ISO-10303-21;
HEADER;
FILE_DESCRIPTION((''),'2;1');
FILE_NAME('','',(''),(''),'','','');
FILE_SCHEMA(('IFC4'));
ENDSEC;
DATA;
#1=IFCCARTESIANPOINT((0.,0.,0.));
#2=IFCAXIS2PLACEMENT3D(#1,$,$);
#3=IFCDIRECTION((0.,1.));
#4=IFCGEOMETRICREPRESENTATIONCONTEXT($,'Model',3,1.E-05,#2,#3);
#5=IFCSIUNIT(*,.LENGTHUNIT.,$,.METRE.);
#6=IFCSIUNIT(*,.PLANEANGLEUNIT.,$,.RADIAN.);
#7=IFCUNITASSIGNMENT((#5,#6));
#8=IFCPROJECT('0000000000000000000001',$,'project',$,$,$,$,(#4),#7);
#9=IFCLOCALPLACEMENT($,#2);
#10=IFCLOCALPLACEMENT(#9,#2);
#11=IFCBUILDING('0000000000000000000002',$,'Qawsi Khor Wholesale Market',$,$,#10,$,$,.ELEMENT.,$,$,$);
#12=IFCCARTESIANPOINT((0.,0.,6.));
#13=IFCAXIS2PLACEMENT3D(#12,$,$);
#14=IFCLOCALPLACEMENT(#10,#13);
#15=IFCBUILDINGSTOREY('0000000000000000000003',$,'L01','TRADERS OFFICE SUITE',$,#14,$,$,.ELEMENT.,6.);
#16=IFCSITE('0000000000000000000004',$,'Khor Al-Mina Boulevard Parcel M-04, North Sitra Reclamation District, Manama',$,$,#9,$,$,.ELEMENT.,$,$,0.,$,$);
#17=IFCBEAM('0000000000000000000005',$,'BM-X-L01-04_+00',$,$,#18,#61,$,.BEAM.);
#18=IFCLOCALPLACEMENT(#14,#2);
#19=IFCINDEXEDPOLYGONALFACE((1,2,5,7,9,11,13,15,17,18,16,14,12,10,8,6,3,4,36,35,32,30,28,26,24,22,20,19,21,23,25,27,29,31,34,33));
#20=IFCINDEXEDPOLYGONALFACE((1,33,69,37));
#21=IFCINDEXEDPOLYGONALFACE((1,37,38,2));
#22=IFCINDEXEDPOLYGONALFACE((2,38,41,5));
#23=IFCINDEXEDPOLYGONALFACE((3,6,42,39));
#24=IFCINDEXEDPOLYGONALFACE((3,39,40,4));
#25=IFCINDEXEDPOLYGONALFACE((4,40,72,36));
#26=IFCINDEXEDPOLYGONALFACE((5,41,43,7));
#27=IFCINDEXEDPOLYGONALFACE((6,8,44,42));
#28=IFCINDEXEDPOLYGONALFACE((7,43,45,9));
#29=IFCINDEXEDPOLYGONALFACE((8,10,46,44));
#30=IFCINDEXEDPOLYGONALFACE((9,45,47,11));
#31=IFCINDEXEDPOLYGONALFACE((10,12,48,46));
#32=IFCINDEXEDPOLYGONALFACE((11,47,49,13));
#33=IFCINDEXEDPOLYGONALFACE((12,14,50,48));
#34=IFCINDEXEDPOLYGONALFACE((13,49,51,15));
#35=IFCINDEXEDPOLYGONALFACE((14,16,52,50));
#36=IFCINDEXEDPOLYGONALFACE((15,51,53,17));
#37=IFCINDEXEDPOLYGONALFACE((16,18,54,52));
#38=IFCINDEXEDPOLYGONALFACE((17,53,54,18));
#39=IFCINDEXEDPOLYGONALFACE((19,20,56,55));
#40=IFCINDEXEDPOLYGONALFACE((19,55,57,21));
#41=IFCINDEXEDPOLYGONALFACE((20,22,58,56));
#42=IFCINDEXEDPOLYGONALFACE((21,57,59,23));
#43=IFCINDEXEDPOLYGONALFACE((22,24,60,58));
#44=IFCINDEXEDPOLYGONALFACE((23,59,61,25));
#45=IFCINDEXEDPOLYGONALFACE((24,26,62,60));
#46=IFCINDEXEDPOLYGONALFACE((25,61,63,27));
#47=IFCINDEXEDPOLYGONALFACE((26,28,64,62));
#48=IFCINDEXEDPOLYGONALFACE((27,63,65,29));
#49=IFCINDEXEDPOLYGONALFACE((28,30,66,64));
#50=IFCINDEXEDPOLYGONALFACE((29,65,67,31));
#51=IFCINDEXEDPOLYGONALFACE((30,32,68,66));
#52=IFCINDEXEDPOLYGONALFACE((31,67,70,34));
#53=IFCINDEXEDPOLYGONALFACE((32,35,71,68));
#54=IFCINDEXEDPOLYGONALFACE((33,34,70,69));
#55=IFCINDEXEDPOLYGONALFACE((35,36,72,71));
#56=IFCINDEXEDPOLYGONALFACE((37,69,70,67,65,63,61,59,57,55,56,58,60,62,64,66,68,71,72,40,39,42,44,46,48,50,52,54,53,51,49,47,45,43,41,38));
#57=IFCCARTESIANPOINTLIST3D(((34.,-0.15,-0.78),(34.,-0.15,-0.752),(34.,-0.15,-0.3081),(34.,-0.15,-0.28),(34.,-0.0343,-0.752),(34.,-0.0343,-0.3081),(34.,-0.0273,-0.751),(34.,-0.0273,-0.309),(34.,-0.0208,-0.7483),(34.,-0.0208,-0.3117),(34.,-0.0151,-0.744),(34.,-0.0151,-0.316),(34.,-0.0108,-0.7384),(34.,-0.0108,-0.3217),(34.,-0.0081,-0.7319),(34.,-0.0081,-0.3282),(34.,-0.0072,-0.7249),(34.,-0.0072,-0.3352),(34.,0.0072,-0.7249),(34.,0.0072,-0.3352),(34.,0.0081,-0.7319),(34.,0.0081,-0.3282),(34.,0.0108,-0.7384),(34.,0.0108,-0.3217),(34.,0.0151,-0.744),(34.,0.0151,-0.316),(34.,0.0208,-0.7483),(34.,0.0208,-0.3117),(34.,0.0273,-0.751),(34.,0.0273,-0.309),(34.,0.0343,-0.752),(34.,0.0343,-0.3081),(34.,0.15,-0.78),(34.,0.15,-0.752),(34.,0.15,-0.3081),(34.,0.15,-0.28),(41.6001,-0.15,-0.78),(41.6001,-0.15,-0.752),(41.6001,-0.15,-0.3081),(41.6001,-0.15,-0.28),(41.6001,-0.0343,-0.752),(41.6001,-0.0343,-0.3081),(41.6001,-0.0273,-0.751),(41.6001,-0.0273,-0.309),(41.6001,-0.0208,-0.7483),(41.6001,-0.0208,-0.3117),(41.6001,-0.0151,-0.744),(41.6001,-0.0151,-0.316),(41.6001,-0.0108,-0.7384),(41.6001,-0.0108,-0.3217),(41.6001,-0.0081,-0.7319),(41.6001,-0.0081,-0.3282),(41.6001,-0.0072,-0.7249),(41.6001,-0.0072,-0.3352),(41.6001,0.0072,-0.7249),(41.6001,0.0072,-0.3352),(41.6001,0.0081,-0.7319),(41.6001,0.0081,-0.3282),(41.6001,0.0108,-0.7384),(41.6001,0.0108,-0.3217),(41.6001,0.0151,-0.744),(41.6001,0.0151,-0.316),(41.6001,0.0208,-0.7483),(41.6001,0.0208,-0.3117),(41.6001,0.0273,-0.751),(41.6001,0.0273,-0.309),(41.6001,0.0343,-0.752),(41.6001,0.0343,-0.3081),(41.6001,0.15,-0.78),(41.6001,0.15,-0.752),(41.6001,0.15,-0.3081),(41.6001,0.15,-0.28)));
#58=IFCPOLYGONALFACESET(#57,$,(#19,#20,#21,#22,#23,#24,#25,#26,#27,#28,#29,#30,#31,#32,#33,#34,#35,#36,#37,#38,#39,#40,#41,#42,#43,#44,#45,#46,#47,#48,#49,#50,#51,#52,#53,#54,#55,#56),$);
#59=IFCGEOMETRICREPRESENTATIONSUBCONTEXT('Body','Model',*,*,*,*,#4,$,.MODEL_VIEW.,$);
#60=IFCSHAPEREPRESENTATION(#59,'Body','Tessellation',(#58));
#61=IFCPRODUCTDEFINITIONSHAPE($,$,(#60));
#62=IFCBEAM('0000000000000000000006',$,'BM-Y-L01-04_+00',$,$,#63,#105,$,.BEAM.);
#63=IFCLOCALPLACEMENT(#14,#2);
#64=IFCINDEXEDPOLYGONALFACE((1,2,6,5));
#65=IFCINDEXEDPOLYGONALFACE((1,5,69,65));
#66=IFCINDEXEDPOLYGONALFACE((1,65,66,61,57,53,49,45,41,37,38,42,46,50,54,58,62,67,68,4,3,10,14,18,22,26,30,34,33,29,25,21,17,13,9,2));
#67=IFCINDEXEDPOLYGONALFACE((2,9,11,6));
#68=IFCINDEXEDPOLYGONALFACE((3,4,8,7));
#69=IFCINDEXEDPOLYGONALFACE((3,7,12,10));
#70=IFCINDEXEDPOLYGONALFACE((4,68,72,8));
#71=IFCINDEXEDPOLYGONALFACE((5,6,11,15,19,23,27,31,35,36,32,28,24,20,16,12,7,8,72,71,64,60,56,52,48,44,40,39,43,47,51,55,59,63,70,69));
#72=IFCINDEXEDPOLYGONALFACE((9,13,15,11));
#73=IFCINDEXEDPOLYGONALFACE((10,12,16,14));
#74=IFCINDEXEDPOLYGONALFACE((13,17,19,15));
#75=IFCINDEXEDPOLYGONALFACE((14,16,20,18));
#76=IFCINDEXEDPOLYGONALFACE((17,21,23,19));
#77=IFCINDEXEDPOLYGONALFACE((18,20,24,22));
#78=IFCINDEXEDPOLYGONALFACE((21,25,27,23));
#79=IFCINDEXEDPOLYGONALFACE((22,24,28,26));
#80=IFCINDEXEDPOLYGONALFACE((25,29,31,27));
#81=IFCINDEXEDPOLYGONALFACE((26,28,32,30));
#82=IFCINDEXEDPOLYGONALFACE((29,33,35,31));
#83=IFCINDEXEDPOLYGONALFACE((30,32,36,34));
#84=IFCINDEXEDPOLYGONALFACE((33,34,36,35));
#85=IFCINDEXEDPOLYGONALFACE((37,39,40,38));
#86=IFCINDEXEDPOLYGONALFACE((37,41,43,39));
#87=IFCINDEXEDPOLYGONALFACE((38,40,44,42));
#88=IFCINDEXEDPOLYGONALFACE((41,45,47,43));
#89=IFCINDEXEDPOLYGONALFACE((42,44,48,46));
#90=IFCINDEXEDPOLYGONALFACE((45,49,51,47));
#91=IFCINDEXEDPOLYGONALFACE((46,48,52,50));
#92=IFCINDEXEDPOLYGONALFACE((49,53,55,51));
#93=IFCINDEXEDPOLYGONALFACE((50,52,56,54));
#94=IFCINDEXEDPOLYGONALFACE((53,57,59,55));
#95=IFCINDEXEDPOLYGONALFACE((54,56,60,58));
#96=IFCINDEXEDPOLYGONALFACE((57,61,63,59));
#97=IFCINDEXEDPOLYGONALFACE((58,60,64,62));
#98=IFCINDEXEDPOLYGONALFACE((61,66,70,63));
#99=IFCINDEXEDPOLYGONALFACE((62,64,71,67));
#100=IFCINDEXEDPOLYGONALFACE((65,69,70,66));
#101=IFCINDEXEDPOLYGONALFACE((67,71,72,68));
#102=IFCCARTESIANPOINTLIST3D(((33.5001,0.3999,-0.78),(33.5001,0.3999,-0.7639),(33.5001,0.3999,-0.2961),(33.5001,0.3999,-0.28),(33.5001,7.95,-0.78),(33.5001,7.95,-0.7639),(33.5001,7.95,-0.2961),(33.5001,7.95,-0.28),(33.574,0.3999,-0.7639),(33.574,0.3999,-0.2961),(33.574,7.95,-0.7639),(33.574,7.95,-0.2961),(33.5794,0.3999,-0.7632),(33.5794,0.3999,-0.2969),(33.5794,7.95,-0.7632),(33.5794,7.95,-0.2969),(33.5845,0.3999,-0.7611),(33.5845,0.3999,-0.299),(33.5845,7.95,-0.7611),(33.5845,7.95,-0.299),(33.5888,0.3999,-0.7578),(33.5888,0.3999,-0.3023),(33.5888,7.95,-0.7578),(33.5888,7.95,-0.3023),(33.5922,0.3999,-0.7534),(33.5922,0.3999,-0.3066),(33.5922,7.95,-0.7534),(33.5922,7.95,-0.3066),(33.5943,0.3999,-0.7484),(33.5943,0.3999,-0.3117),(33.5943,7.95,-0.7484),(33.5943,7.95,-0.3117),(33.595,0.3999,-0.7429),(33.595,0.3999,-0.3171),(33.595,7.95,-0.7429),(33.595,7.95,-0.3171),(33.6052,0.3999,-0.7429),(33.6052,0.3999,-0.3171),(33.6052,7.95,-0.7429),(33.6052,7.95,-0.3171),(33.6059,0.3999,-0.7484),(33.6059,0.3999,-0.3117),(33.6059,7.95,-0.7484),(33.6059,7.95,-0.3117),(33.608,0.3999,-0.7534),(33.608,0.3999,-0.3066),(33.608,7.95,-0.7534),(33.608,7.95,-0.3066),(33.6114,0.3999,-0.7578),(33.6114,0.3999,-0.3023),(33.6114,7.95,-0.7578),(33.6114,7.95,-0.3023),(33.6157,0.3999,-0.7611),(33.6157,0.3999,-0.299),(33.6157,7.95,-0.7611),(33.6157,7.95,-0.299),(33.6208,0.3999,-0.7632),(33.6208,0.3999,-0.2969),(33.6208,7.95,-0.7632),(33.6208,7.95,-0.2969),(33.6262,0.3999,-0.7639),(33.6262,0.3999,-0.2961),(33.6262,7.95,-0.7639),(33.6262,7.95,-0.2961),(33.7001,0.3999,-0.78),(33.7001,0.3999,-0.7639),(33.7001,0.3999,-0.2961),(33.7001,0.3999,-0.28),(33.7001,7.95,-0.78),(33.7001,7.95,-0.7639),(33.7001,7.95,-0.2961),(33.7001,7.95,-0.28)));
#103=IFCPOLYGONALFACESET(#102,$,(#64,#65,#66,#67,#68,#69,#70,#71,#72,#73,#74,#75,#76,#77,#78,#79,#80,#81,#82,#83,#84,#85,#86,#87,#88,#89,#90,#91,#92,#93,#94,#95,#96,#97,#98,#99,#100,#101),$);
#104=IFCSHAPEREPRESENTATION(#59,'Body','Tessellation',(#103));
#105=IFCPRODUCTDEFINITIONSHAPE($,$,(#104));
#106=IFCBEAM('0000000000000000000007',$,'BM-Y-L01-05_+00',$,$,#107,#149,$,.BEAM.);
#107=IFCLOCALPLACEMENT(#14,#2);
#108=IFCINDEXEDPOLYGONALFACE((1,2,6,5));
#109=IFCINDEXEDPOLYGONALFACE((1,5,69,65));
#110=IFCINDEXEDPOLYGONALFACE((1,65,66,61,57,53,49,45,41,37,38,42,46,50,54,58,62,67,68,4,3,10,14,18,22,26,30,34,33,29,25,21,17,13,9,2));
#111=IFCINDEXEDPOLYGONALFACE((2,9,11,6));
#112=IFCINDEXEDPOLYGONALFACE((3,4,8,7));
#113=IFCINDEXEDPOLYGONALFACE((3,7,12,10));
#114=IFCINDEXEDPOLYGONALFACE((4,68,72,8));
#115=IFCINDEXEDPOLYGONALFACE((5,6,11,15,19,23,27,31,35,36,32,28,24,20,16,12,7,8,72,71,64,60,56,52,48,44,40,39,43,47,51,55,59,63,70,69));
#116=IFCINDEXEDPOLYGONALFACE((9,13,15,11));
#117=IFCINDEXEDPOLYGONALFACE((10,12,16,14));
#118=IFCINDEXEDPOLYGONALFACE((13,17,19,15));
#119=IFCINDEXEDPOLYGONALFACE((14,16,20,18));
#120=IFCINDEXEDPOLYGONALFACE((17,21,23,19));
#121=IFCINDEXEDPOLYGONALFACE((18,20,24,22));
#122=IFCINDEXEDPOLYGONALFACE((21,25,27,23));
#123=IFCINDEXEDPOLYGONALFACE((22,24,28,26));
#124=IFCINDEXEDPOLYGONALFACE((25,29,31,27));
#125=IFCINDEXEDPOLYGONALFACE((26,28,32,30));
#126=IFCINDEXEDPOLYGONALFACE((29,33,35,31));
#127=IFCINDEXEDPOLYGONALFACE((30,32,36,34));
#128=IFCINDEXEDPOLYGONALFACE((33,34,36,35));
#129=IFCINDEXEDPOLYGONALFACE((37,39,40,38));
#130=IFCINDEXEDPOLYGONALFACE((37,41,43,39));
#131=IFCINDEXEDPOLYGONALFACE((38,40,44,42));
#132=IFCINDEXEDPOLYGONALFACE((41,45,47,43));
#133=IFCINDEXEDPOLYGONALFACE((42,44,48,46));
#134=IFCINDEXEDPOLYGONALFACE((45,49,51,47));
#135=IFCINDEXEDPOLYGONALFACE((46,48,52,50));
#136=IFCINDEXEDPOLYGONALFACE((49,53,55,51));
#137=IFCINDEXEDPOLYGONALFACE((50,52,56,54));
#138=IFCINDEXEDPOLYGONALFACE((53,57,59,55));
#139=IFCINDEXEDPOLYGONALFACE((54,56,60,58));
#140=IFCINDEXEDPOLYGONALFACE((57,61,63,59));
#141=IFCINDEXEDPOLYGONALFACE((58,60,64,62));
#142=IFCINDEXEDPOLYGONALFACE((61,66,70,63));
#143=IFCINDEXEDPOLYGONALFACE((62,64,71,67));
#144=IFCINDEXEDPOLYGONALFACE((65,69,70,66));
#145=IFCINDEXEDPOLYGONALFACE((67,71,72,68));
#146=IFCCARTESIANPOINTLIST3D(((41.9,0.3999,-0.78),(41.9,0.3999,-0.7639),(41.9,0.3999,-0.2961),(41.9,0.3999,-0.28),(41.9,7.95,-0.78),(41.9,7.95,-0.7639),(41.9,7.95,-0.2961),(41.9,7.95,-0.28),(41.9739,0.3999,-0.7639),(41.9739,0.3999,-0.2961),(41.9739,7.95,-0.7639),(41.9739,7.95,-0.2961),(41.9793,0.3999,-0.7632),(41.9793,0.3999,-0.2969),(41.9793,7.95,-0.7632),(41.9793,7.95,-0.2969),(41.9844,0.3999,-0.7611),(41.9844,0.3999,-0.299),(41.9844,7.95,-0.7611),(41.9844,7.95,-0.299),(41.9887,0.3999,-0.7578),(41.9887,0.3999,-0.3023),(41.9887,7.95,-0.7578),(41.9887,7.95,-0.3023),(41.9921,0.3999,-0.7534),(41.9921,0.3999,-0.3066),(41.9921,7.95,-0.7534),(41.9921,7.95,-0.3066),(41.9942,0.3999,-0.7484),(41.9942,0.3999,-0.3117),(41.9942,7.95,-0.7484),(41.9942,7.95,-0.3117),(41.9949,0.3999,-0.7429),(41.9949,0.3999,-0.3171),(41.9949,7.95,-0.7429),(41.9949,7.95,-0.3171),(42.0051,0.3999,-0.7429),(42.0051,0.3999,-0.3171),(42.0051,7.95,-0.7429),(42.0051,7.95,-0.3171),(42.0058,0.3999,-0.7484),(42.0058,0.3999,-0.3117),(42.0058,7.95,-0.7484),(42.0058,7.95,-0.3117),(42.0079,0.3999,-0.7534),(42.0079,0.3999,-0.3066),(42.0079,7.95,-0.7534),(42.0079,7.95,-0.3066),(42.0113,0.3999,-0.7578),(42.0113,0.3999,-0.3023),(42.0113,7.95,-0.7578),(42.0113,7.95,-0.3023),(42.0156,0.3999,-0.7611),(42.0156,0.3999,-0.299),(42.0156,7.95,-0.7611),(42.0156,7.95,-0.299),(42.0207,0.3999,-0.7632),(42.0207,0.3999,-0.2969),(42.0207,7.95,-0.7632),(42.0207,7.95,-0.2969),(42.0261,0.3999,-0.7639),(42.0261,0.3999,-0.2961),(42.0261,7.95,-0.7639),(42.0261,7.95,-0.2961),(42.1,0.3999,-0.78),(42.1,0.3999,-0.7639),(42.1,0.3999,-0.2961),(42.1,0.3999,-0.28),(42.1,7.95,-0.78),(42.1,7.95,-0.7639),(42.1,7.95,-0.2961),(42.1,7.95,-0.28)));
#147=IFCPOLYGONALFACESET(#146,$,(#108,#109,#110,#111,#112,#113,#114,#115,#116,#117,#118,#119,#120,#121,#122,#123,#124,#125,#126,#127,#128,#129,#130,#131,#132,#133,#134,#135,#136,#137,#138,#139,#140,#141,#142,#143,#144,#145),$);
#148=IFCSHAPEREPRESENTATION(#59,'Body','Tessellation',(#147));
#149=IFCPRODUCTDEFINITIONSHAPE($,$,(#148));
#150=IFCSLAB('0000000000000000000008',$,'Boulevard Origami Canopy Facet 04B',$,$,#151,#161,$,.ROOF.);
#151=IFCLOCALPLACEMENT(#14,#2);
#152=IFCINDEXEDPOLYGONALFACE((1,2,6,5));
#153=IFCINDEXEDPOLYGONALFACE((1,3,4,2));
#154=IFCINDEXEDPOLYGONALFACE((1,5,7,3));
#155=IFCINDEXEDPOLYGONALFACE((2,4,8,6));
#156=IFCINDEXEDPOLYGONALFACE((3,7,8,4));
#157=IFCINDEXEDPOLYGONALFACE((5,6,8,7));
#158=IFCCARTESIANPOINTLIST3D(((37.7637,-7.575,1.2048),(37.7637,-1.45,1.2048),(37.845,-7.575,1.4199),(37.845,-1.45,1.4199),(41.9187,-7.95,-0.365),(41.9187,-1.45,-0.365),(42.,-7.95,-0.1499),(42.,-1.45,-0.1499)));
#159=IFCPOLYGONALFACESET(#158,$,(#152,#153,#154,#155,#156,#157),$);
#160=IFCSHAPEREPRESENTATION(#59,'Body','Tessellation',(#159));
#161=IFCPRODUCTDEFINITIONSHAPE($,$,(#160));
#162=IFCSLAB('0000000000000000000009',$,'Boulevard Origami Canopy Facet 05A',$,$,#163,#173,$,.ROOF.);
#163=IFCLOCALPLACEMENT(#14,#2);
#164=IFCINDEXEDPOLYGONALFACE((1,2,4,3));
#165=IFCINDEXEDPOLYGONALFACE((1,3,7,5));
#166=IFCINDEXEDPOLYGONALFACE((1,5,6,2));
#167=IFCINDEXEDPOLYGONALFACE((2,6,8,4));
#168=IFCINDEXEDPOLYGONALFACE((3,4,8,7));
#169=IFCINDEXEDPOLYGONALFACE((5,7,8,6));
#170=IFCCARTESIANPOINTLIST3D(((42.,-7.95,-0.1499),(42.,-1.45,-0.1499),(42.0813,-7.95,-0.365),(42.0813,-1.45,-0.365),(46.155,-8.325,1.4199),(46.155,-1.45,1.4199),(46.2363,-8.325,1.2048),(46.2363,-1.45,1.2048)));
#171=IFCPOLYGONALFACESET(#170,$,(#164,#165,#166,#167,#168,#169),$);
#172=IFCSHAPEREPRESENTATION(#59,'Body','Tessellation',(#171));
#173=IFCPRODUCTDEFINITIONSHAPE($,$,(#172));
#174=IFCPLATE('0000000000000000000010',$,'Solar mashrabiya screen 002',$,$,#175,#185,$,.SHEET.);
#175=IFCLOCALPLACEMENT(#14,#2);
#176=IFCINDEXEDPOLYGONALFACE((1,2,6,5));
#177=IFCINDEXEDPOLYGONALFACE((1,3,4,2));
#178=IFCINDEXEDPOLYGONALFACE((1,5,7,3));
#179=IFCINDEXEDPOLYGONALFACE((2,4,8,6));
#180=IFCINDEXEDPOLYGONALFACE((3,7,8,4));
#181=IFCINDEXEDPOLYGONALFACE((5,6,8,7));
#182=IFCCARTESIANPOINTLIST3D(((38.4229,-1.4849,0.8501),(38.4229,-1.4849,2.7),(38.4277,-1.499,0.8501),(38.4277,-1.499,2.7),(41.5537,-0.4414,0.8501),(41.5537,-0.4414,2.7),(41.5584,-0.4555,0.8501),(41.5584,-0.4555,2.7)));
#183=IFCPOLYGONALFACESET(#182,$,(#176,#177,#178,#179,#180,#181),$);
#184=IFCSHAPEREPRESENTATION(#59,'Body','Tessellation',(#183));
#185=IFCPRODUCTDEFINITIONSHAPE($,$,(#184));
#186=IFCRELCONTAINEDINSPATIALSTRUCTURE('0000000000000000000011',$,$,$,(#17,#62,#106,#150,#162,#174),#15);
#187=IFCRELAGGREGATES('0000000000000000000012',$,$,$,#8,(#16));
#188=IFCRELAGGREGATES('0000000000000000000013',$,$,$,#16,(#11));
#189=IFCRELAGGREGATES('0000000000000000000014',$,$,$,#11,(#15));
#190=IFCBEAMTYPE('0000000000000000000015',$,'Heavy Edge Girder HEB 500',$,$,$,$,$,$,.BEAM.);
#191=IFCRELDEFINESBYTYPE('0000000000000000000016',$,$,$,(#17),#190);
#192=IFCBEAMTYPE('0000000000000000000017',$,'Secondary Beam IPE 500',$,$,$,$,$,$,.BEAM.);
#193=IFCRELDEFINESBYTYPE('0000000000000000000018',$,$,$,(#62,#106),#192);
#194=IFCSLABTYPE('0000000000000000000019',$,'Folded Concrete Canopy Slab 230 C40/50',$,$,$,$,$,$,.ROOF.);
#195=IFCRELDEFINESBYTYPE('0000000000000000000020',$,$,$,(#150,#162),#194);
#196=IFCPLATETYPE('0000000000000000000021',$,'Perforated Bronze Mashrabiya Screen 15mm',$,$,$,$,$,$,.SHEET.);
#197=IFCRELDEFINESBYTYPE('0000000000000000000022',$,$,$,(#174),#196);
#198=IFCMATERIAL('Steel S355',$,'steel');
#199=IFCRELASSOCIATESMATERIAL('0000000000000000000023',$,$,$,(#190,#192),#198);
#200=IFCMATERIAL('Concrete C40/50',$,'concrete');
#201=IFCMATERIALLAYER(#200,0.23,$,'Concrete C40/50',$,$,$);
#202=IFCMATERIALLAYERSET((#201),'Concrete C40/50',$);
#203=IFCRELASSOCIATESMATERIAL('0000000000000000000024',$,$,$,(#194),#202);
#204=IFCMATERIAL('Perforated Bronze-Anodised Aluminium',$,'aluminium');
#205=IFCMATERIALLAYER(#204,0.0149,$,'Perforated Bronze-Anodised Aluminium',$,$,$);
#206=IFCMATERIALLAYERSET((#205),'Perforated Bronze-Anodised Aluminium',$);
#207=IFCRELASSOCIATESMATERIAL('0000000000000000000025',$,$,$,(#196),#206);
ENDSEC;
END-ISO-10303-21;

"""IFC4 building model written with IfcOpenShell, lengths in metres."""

from ifc_helpers import new_model, si_unit, direction, frame, frame_2d, origin, origin_2d, place, context, subcontext, project, spatial, polyline, rectangle, i_section, outline, extrude, material, layer, layer_set, material_profile, profile_set, type_object, element, save


model = new_model("IFC4")

# Units and contexts
model_context = context("Model", 3, precision=1e-05, world=origin(), true_north=direction((0.0, 1.0)))
body_context = subcontext(model_context, "Body", "Model", "MODEL_VIEW")
ifc_project = project(units=[si_unit("LENGTHUNIT", "METRE"), si_unit("PLANEANGLEUNIT", "RADIAN")], contexts=[model_context])

# Site, building, storey
site_placement = place(None, origin())
site = spatial("IfcSite", under=ifc_project, at=site_placement, Name="Khor Al-Mina Boulevard Parcel M-04, North Sitra Reclamation District, Manama", CompositionType="ELEMENT", RefElevation=0.0)
building_placement = place(site_placement, origin())
building = spatial("IfcBuilding", under=site, at=building_placement, Name="Qawsi Khor Wholesale Market", CompositionType="ELEMENT")
storey_placement = place(building_placement, frame((0.0, 0.0, 6.0)))
storey = spatial("IfcBuildingStorey", under=building, at=storey_placement, Name="L01", Description="TRADERS OFFICE SUITE", CompositionType="ELEMENT", Elevation=6.0)

# Shared definitions
ifc_material_1 = material(Name="Concrete C40/50", Category="concrete")

# Shared definitions
ifc_material_2 = material(Name="Steel S355", Category="steel")

# Beams
ifc_material_profile_1 = material_profile(ifc_material_2, i_section(OverallWidth=0.3, OverallDepth=0.5, WebThickness=0.0144, FlangeThickness=0.0281, FilletRadius=0.0271, at=origin_2d()), Name="HEB 500")
ifc_profile_set_1 = profile_set([ifc_material_profile_1], Name="Steel S355")
beam_type_1 = type_object("IfcBeamType", Name="Heavy Edge Girder HEB 500", PredefinedType="BEAM", material=ifc_profile_set_1)
beam_1_placement = place(storey_placement, frame((34.0, 0.0, -0.53), z_axis=(1.0, 0.0, 0.0), x_axis=(0.0, 1.0, 0.0)))
element("IfcBeam", 1, at=beam_1_placement, inside=storey, type_object=beam_type_1, Name="BM-X-L01-04_+00", PredefinedType="BEAM", context=body_context, shape_type="SweptSolid", body=[
    extrude(i_section(OverallWidth=0.3, OverallDepth=0.5, WebThickness=0.0144, FlangeThickness=0.0281, FilletRadius=0.0271, at=origin_2d()), origin(), (0.0, 0.0, 1.0), 7.6001),
])
ifc_material_profile_2 = material_profile(ifc_material_2, i_section(OverallWidth=0.2, OverallDepth=0.5, WebThickness=0.0103, FlangeThickness=0.0161, FilletRadius=0.021, at=origin_2d()), Name="IPE 500")
ifc_profile_set_2 = profile_set([ifc_material_profile_2], Name="Steel S355")
beam_type_2 = type_object("IfcBeamType", Name="Secondary Beam IPE 500", PredefinedType="BEAM", material=ifc_profile_set_2)
for number, where, z_axis, x_axis, name in (
    (2, (33.6001, 0.3999, -0.53), (0.0, 1.0, 0.0), (-1.0, 0.0, 0.0), "BM-Y-L01-04_+00"),
    (3, (42.0, 0.3999, -0.53), (0.0, 1.0, 0.0), (-1.0, 0.0, 0.0), "BM-Y-L01-05_+00"),
):
    element("IfcBeam", number, at=place(storey_placement, frame(where, z_axis=z_axis, x_axis=x_axis)), inside=storey, type_object=beam_type_2, Name=name, PredefinedType="BEAM", context=body_context, shape_type="SweptSolid", body=[
        extrude(i_section(OverallWidth=0.2, OverallDepth=0.5, WebThickness=0.0103, FlangeThickness=0.0161, FilletRadius=0.021, at=origin_2d()), origin(), (0.0, 0.0, 1.0), 7.55),
    ])

# Slabs
ifc_layer_1 = layer(ifc_material_1, 0.23, Name="Concrete C40/50")
ifc_layer_set_1 = layer_set([ifc_layer_1], Name="Concrete C40/50")
slab_type = type_object("IfcSlabType", Name="Folded Concrete Canopy Slab 230 C40/50", PredefinedType="ROOF", material=ifc_layer_set_1)
slab_1_placement = place(storey_placement, frame((37.845, -7.575, 1.4199), z_axis=(0.353429, 0.0, 0.935461), x_axis=(0.932145, -0.084128, -0.352177)))
element("IfcSlab", 4, at=slab_1_placement, inside=storey, type_object=slab_type, Name="Boulevard Origami Canopy Facet 04B", PredefinedType="ROOF", context=body_context, shape_type="SweptSolid", body=[
    extrude(outline(polyline([(0.0, 0.0), (4.4575, 0.0), (3.9107, 6.477), (-0.5153, 6.1033), (0.0, 0.0)])), origin(), (0.0, 0.0, -1.0), 0.23),
])
slab_2_placement = place(storey_placement, frame((42.0, -7.95, -0.1499), z_axis=(-0.353429, 0.0, 0.935461), x_axis=(0.932145, -0.084128, 0.352177)))
element("IfcSlab", 5, at=slab_2_placement, inside=storey, type_object=slab_type, Name="Boulevard Origami Canopy Facet 05A", PredefinedType="ROOF", context=body_context, shape_type="SweptSolid", body=[
    extrude(outline(polyline([(0.0, 0.0), (4.4575, 0.0), (3.8791, 6.8506), (-0.5468, 6.477), (0.0, 0.0)])), origin(), (0.0, 0.0, -1.0), 0.23),
])

# Plate
ifc_material_3 = material(Name="Perforated Bronze-Anodised Aluminium", Category="aluminium")
ifc_layer_2 = layer(ifc_material_3, 0.0149, Name="Perforated Bronze-Anodised Aluminium")
ifc_layer_set_2 = layer_set([ifc_layer_2], Name="Perforated Bronze-Anodised Aluminium")
plate_type_1 = type_object("IfcPlateType", Name="Perforated Bronze Mashrabiya Screen 15mm", PredefinedType="SHEET", material=ifc_layer_set_2)
plate_1_placement = place(storey_placement, frame((41.5559, -0.4485, 0.8501), z_axis=(0.0, 0.0, 1.0), x_axis=(-0.948691, -0.316206, 0.0)))
element("IfcPlate", 6, at=plate_1_placement, inside=storey, type_object=plate_type_1, Name="Solar mashrabiya screen 002", PredefinedType="SHEET", context=body_context, shape_type="SweptSolid", body=[
    extrude(rectangle(XDim=3.3, YDim=0.0149, at=frame_2d((1.6499, 0.0))), origin(), (0.0, 0.0, 1.0), 1.8499),
])

save(model, "model.ifc")
